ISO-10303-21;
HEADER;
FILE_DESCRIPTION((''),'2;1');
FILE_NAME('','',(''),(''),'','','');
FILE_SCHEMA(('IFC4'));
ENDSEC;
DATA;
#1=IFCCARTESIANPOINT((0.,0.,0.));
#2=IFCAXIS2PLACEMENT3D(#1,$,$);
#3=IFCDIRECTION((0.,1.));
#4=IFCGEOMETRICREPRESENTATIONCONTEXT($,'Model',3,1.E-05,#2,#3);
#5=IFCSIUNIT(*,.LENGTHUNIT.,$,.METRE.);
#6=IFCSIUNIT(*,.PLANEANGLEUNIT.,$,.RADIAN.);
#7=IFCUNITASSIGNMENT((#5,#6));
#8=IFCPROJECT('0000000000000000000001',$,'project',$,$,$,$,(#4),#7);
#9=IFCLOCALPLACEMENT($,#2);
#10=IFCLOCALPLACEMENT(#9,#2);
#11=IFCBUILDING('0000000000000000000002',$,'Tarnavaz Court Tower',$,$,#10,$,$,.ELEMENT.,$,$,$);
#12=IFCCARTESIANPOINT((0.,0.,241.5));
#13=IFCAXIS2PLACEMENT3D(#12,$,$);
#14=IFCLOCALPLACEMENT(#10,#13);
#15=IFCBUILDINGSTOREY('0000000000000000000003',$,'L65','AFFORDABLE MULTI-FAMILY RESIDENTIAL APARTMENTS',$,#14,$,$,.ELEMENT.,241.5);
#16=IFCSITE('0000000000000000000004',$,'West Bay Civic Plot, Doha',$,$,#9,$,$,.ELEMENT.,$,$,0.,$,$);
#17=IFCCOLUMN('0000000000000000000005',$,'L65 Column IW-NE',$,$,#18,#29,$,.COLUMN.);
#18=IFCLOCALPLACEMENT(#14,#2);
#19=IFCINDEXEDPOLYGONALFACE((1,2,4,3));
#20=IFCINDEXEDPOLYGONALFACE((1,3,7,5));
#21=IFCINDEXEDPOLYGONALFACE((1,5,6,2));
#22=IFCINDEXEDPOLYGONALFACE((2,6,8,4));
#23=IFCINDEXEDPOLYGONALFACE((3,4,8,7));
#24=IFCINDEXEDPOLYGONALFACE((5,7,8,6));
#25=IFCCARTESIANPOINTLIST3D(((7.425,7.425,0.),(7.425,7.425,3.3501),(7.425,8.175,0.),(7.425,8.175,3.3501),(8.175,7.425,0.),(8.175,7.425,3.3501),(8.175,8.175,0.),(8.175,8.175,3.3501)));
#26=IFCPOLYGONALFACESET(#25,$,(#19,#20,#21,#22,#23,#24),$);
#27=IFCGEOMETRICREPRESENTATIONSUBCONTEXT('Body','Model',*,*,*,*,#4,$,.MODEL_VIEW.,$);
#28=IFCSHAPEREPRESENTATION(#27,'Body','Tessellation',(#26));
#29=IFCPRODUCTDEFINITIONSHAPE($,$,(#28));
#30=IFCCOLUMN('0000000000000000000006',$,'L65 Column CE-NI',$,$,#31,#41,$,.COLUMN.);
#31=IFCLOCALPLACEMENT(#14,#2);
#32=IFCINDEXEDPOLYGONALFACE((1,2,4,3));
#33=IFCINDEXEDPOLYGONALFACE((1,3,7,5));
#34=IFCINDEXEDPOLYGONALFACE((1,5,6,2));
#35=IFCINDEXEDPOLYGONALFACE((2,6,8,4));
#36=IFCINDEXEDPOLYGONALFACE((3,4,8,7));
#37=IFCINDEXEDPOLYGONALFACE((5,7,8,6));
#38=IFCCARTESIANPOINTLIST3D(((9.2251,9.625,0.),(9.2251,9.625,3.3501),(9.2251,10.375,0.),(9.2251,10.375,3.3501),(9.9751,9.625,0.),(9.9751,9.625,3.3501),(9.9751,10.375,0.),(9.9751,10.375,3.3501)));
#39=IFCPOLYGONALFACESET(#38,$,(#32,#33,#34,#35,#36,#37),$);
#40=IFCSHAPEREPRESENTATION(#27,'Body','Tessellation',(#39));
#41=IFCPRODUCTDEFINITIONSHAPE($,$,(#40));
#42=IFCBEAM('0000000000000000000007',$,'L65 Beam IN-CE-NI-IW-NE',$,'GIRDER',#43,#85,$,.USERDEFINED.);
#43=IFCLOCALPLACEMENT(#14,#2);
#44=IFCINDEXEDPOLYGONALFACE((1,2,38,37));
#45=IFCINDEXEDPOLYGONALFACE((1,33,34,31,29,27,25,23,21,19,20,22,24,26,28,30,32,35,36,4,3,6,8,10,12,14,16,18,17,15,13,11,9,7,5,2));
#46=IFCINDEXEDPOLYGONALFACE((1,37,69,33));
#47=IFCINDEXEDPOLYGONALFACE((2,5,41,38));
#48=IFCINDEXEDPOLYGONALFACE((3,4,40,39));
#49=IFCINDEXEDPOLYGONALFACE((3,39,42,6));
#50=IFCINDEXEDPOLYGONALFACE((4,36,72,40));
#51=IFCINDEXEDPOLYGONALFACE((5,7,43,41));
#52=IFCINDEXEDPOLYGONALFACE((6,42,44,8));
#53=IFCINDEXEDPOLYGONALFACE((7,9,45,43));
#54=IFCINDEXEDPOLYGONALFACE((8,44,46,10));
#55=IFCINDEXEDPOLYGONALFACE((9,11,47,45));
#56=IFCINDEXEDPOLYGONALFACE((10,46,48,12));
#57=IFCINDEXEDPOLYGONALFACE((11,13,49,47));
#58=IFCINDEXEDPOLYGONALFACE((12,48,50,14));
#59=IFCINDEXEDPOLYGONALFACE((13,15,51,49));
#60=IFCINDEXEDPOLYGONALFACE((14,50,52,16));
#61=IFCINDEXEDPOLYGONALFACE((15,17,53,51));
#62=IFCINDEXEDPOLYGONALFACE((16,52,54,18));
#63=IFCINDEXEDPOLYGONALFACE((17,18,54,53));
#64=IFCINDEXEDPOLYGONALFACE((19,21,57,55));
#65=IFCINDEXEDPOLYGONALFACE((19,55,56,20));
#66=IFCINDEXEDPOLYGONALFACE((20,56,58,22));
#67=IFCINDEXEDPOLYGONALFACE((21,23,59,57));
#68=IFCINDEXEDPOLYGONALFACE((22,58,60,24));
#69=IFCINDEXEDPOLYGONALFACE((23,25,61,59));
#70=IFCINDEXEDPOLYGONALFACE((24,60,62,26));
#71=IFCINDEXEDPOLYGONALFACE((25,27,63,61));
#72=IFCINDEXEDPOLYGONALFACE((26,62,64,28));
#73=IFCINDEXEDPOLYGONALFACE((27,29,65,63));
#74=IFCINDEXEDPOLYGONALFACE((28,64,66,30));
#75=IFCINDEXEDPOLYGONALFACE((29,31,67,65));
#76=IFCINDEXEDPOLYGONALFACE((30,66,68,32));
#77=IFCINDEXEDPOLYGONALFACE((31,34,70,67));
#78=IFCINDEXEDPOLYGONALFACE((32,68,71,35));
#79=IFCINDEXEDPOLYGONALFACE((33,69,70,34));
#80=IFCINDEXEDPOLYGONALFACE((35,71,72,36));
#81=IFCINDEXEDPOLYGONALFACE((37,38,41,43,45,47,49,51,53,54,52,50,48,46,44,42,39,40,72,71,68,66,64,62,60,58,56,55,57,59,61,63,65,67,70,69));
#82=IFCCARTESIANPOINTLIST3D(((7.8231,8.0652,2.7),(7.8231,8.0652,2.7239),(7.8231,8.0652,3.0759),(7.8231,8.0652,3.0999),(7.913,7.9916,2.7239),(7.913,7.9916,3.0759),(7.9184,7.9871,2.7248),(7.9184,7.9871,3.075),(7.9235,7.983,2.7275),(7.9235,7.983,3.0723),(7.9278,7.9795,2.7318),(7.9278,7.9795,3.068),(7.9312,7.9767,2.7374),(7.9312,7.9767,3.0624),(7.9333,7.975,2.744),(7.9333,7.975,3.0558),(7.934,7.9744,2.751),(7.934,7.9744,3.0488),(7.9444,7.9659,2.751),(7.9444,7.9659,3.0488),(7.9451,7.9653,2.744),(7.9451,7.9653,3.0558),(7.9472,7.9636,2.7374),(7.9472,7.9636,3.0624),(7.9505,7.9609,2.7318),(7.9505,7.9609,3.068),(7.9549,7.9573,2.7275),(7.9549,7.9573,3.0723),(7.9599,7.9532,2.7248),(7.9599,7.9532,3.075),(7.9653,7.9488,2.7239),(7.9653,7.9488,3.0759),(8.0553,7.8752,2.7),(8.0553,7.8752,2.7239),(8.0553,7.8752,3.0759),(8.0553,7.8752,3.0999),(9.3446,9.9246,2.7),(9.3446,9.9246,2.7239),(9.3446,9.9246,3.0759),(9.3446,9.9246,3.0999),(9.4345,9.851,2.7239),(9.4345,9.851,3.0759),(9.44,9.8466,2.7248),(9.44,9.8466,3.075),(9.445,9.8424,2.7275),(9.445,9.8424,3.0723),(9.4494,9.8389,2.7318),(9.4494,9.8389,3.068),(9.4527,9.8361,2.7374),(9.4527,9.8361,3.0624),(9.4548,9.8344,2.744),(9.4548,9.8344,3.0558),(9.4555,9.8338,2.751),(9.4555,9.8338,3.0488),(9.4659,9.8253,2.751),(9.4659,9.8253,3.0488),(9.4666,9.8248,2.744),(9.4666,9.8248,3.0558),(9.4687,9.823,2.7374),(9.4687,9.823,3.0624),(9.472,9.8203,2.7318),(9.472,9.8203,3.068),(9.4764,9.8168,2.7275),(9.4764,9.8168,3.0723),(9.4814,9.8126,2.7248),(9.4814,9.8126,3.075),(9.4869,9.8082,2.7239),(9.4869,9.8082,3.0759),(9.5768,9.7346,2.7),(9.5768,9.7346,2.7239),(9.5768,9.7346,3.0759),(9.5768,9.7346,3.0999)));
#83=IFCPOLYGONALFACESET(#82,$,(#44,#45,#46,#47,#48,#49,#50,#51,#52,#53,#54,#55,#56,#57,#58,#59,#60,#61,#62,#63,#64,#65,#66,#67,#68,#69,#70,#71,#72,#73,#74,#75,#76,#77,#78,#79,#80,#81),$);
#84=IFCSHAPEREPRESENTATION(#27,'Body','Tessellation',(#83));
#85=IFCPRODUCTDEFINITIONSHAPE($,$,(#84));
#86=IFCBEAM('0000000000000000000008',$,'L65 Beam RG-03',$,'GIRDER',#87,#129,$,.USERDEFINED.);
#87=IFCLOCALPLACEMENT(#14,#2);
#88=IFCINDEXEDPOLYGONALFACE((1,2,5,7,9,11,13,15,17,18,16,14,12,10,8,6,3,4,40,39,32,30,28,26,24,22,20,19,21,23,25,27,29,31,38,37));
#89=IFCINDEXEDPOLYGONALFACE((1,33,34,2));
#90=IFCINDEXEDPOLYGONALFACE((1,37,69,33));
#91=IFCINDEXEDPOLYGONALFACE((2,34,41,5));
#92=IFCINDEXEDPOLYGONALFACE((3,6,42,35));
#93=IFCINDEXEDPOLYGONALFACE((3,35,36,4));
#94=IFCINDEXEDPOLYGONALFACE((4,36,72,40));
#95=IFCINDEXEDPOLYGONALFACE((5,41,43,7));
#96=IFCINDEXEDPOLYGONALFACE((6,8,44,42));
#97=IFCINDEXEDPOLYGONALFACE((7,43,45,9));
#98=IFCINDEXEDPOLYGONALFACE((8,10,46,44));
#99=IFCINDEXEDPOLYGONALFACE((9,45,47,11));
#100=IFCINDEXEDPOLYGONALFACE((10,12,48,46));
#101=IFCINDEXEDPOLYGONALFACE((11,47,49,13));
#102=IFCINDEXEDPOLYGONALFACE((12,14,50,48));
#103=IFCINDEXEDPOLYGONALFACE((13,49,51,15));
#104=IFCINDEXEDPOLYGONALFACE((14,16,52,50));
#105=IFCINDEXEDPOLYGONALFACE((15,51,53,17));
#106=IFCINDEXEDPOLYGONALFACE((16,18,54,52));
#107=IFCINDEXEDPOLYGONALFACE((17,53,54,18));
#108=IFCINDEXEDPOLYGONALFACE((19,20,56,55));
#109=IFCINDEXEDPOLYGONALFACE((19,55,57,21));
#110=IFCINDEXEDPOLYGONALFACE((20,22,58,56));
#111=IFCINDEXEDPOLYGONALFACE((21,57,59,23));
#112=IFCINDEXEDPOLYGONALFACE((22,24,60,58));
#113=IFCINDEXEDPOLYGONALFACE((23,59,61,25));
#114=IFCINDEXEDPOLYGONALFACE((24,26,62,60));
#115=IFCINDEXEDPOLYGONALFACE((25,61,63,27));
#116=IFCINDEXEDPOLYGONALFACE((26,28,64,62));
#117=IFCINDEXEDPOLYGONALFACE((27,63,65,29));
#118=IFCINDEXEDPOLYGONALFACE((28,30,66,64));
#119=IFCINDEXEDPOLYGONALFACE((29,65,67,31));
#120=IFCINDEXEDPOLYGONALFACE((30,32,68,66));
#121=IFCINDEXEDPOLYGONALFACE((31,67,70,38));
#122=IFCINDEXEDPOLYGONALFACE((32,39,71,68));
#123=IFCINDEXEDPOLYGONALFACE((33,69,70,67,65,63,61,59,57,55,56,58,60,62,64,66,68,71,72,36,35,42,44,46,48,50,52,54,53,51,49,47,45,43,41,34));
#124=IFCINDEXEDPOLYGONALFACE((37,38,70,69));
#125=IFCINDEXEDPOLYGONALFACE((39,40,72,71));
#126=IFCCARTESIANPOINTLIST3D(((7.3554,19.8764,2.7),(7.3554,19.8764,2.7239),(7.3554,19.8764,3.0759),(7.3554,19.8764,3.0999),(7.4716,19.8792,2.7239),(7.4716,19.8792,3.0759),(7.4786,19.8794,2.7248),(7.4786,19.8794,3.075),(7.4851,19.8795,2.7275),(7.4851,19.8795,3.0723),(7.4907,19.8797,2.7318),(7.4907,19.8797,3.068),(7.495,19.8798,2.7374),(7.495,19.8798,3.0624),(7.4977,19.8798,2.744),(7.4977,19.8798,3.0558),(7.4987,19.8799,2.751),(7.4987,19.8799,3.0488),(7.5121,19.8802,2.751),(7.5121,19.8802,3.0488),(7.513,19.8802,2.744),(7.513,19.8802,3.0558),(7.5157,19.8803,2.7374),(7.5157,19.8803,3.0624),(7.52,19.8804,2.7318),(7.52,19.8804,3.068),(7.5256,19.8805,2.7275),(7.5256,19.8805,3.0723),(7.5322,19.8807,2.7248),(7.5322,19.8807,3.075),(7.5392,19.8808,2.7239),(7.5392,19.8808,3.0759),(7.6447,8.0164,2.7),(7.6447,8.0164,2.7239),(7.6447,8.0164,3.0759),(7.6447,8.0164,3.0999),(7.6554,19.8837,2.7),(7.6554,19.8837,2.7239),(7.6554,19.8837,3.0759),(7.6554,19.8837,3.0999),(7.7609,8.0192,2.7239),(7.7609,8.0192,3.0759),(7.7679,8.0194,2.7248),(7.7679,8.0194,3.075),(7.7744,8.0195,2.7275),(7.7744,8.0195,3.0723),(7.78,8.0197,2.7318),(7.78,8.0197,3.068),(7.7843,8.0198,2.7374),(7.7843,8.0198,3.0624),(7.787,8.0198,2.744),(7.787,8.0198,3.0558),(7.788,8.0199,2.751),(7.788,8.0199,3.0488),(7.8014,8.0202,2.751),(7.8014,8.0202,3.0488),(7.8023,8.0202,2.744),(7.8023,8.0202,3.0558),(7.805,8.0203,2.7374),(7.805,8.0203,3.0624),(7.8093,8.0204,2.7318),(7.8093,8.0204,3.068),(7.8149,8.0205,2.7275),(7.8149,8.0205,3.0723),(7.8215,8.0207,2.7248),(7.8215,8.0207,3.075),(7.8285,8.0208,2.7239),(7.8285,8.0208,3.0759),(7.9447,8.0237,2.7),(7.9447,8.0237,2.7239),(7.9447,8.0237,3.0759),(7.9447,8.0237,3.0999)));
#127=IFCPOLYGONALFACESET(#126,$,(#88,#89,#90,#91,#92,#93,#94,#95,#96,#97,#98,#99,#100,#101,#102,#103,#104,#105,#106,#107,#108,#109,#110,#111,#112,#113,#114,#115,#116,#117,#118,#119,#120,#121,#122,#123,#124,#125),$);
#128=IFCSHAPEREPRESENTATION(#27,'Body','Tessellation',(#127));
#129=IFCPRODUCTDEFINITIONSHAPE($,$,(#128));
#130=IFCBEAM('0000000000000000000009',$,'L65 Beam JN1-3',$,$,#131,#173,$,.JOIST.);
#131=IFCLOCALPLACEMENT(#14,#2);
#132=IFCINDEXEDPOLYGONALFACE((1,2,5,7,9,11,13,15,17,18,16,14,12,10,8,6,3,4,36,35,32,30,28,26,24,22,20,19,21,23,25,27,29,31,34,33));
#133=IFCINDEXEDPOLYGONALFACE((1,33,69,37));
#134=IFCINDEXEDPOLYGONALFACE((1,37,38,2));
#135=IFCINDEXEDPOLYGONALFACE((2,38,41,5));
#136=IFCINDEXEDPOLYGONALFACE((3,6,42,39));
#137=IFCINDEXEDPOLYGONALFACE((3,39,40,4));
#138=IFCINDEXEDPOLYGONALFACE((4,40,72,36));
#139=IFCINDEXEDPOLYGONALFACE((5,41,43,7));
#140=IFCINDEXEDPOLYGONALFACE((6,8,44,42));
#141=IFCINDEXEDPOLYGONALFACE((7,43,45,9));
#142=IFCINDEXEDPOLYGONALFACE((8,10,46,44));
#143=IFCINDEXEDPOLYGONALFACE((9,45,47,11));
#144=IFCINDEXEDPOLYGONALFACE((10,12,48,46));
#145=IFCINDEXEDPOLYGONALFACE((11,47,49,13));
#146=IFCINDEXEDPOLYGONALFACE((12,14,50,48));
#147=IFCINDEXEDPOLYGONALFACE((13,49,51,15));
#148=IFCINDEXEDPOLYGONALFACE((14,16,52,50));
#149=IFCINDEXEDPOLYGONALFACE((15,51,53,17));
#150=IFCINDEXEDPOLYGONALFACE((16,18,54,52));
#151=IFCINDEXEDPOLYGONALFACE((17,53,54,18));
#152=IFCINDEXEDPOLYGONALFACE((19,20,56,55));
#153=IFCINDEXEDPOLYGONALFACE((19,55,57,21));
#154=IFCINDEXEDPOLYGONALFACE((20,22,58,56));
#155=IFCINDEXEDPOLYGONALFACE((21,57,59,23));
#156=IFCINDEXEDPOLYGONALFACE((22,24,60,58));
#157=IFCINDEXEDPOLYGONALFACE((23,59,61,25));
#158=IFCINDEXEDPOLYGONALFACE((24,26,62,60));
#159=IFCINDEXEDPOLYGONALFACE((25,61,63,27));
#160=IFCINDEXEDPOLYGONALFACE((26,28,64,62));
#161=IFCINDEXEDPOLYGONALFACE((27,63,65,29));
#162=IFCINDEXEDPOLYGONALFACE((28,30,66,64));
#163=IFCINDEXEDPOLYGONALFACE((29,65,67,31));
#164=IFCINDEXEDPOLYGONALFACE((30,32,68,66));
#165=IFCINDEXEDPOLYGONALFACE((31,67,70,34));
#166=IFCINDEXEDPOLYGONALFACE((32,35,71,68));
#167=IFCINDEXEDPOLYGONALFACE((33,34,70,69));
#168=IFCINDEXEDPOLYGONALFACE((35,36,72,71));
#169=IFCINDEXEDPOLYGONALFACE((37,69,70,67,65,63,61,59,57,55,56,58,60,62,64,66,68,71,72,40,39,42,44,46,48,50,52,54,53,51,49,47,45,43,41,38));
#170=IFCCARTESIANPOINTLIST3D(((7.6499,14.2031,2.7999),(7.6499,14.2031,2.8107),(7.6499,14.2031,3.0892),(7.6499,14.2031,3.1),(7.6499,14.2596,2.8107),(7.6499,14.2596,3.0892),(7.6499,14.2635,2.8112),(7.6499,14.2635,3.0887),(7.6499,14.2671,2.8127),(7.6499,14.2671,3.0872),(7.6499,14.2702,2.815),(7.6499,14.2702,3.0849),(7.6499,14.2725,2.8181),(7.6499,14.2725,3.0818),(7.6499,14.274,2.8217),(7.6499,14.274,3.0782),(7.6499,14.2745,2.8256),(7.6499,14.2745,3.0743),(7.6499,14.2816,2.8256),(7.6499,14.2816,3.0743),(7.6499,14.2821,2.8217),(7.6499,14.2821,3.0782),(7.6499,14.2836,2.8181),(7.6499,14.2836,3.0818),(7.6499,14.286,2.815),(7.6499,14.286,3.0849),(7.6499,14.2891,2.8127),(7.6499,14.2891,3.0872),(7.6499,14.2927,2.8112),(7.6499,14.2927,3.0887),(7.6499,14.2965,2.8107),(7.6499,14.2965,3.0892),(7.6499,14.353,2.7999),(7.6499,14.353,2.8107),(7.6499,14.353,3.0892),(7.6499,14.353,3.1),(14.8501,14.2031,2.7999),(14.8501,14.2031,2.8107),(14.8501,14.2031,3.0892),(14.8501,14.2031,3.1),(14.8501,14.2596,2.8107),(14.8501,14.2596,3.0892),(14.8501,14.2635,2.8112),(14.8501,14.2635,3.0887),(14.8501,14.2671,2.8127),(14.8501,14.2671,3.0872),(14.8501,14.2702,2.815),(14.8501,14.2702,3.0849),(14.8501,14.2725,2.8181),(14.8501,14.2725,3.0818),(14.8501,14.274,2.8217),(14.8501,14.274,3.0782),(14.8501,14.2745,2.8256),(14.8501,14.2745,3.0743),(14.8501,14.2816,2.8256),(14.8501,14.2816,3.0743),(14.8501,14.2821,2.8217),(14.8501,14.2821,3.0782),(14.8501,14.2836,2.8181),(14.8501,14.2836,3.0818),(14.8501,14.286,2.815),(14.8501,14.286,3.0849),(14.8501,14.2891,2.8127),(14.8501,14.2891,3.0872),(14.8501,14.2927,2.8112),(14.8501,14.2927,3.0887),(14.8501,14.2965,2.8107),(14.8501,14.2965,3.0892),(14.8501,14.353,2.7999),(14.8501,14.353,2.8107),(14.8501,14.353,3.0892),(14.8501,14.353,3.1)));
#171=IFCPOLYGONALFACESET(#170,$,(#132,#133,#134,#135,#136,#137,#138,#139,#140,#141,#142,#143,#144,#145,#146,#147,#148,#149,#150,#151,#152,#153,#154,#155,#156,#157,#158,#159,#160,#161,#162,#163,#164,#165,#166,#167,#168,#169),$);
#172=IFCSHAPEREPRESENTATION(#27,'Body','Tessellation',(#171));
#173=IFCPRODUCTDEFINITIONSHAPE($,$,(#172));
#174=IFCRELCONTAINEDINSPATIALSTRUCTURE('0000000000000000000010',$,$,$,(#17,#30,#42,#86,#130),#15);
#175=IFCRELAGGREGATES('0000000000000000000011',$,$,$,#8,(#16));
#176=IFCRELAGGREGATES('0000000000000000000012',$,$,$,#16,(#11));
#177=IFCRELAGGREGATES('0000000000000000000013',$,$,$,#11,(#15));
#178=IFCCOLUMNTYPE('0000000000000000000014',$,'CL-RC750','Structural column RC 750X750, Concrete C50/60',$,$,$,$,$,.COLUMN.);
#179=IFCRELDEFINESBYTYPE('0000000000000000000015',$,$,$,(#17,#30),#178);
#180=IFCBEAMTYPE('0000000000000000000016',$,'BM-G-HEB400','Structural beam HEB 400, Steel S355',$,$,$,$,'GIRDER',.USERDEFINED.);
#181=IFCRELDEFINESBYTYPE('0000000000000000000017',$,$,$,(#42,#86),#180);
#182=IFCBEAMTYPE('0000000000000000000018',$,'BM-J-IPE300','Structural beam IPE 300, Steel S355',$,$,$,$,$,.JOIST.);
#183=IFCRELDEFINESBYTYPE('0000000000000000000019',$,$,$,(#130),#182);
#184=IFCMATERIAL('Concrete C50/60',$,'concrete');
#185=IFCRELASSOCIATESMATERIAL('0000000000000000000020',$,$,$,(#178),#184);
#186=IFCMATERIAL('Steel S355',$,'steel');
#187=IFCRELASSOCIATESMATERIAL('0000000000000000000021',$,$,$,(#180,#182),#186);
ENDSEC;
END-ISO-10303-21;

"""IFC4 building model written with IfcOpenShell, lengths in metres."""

from ifc_helpers import new_model, si_unit, direction, frame, origin, origin_2d, place, context, subcontext, project, spatial, rectangle, i_section, extrude, material, material_profile, profile_set, type_object, element, save


model = new_model("IFC4")

# Units and contexts
model_context = context("Model", 3, precision=1e-05, world=origin(), true_north=direction((0.0, 1.0)))
body_context = subcontext(model_context, "Body", "Model", "MODEL_VIEW")
ifc_project = project(units=[si_unit("LENGTHUNIT", "METRE"), si_unit("PLANEANGLEUNIT", "RADIAN")], contexts=[model_context])

# Site, building, storey
site_placement = place(None, origin())
site = spatial("IfcSite", under=ifc_project, at=site_placement, Name="West Bay Civic Plot, Doha", CompositionType="ELEMENT", RefElevation=0.0)
building_placement = place(site_placement, origin())
building = spatial("IfcBuilding", under=site, at=building_placement, Name="Tarnavaz Court Tower", CompositionType="ELEMENT")
storey_placement = place(building_placement, frame((0.0, 0.0, 241.5)))
storey = spatial("IfcBuildingStorey", under=building, at=storey_placement, Name="L65", Description="AFFORDABLE MULTI-FAMILY RESIDENTIAL APARTMENTS", CompositionType="ELEMENT", Elevation=241.5)

# Columns
ifc_material_1 = material(Name="Concrete C50/60", Category="concrete")
ifc_material_profile_1 = material_profile(ifc_material_1, rectangle(XDim=0.75, YDim=0.75, at=origin_2d()), Name="RC 750X750")
ifc_profile_set_1 = profile_set([ifc_material_profile_1], Name="Concrete C50/60")
column_type = type_object("IfcColumnType", Name="CL-RC750", Description="Structural column RC 750X750, Concrete C50/60", PredefinedType="COLUMN", material=ifc_profile_set_1)
for number, where, z_axis, x_axis, name in (
    (1, (7.8, 7.8, 0.0), (0.0, 0.0, 1.0), (1.0, 0.0, 0.0), "L65 Column IW-NE"),
    (2, (9.6001, 10.0, 0.0), (0.0, 0.0, 1.0), (1.0, 0.0, 0.0), "L65 Column CE-NI"),
):
    element("IfcColumn", number, at=place(storey_placement, frame(where, z_axis=z_axis, x_axis=x_axis)), inside=storey, type_object=column_type, Name=name, PredefinedType="COLUMN", context=body_context, shape_type="SweptSolid", body=[
        extrude(rectangle(XDim=0.75, YDim=0.75, at=origin_2d()), origin(), (0.0, 0.0, 1.0), 3.3501),
    ])

# Beams
ifc_material_2 = material(Name="Steel S355", Category="steel")
ifc_material_profile_2 = material_profile(ifc_material_2, i_section(OverallWidth=0.3, OverallDepth=0.3999, WebThickness=0.0134, FlangeThickness=0.0239, FilletRadius=0.0271, at=origin_2d()), Name="HEB 400")
ifc_profile_set_2 = profile_set([ifc_material_profile_2], Name="Steel S355")
beam_type_1 = type_object("IfcBeamType", Name="BM-G-HEB400", Description="Structural beam HEB 400, Steel S355", ElementType="GIRDER", PredefinedType="USERDEFINED", material=ifc_profile_set_2)
beam_1_placement = place(storey_placement, frame((9.4607, 9.8296, 2.8999), z_axis=(-0.633282, -0.773921, 0.0), x_axis=(0.773921, -0.633282, 0.0)))
element("IfcBeam", 3, at=beam_1_placement, inside=storey, type_object=beam_type_1, Name="L65 Beam IN-CE-NI-IW-NE", ObjectType="GIRDER", PredefinedType="USERDEFINED", context=body_context, shape_type="SweptSolid", body=[
    extrude(i_section(OverallWidth=0.3, OverallDepth=0.3999, WebThickness=0.0134, FlangeThickness=0.0239, FilletRadius=0.0271, at=origin_2d()), origin(), (0.0, 0.0, 1.0), 2.4026),
])
beam_2_placement = place(storey_placement, frame((7.7947, 8.02, 2.8999), z_axis=(-0.024386, 0.999703, 0.0), x_axis=(-0.999703, -0.024386, 0.0)))
element("IfcBeam", 4, at=beam_2_placement, inside=storey, type_object=beam_type_1, Name="L65 Beam RG-03", ObjectType="GIRDER", PredefinedType="USERDEFINED", context=body_context, shape_type="SweptSolid", body=[
    extrude(i_section(OverallWidth=0.3, OverallDepth=0.3999, WebThickness=0.0134, FlangeThickness=0.0239, FilletRadius=0.0271, at=origin_2d()), origin(), (0.0, 0.0, 1.0), 11.8635),
])
ifc_material_profile_3 = material_profile(ifc_material_2, i_section(OverallWidth=0.1499, OverallDepth=0.3, WebThickness=0.0071, FlangeThickness=0.0107, FilletRadius=0.0149, at=origin_2d()), Name="IPE 300")
ifc_profile_set_3 = profile_set([ifc_material_profile_3], Name="Steel S355")
beam_type_2 = type_object("IfcBeamType", Name="BM-J-IPE300", Description="Structural beam IPE 300, Steel S355", PredefinedType="JOIST", material=ifc_profile_set_3)
for number, where, z_axis, x_axis, name in (
    (5, (7.6499, 14.2781, 2.95), (1.0, 0.0, 0.0), (0.0, 1.0, 0.0), "L65 Beam JN1-3"),
):
    element("IfcBeam", number, at=place(storey_placement, frame(where, z_axis=z_axis, x_axis=x_axis)), inside=storey, type_object=beam_type_2, Name=name, PredefinedType="JOIST", context=body_context, shape_type="SweptSolid", body=[
        extrude(i_section(OverallWidth=0.1499, OverallDepth=0.3, WebThickness=0.0071, FlangeThickness=0.0107, FilletRadius=0.0149, at=origin_2d()), origin(), (0.0, 0.0, 1.0), 7.2002),
    ])

save(model, "model.ifc")
